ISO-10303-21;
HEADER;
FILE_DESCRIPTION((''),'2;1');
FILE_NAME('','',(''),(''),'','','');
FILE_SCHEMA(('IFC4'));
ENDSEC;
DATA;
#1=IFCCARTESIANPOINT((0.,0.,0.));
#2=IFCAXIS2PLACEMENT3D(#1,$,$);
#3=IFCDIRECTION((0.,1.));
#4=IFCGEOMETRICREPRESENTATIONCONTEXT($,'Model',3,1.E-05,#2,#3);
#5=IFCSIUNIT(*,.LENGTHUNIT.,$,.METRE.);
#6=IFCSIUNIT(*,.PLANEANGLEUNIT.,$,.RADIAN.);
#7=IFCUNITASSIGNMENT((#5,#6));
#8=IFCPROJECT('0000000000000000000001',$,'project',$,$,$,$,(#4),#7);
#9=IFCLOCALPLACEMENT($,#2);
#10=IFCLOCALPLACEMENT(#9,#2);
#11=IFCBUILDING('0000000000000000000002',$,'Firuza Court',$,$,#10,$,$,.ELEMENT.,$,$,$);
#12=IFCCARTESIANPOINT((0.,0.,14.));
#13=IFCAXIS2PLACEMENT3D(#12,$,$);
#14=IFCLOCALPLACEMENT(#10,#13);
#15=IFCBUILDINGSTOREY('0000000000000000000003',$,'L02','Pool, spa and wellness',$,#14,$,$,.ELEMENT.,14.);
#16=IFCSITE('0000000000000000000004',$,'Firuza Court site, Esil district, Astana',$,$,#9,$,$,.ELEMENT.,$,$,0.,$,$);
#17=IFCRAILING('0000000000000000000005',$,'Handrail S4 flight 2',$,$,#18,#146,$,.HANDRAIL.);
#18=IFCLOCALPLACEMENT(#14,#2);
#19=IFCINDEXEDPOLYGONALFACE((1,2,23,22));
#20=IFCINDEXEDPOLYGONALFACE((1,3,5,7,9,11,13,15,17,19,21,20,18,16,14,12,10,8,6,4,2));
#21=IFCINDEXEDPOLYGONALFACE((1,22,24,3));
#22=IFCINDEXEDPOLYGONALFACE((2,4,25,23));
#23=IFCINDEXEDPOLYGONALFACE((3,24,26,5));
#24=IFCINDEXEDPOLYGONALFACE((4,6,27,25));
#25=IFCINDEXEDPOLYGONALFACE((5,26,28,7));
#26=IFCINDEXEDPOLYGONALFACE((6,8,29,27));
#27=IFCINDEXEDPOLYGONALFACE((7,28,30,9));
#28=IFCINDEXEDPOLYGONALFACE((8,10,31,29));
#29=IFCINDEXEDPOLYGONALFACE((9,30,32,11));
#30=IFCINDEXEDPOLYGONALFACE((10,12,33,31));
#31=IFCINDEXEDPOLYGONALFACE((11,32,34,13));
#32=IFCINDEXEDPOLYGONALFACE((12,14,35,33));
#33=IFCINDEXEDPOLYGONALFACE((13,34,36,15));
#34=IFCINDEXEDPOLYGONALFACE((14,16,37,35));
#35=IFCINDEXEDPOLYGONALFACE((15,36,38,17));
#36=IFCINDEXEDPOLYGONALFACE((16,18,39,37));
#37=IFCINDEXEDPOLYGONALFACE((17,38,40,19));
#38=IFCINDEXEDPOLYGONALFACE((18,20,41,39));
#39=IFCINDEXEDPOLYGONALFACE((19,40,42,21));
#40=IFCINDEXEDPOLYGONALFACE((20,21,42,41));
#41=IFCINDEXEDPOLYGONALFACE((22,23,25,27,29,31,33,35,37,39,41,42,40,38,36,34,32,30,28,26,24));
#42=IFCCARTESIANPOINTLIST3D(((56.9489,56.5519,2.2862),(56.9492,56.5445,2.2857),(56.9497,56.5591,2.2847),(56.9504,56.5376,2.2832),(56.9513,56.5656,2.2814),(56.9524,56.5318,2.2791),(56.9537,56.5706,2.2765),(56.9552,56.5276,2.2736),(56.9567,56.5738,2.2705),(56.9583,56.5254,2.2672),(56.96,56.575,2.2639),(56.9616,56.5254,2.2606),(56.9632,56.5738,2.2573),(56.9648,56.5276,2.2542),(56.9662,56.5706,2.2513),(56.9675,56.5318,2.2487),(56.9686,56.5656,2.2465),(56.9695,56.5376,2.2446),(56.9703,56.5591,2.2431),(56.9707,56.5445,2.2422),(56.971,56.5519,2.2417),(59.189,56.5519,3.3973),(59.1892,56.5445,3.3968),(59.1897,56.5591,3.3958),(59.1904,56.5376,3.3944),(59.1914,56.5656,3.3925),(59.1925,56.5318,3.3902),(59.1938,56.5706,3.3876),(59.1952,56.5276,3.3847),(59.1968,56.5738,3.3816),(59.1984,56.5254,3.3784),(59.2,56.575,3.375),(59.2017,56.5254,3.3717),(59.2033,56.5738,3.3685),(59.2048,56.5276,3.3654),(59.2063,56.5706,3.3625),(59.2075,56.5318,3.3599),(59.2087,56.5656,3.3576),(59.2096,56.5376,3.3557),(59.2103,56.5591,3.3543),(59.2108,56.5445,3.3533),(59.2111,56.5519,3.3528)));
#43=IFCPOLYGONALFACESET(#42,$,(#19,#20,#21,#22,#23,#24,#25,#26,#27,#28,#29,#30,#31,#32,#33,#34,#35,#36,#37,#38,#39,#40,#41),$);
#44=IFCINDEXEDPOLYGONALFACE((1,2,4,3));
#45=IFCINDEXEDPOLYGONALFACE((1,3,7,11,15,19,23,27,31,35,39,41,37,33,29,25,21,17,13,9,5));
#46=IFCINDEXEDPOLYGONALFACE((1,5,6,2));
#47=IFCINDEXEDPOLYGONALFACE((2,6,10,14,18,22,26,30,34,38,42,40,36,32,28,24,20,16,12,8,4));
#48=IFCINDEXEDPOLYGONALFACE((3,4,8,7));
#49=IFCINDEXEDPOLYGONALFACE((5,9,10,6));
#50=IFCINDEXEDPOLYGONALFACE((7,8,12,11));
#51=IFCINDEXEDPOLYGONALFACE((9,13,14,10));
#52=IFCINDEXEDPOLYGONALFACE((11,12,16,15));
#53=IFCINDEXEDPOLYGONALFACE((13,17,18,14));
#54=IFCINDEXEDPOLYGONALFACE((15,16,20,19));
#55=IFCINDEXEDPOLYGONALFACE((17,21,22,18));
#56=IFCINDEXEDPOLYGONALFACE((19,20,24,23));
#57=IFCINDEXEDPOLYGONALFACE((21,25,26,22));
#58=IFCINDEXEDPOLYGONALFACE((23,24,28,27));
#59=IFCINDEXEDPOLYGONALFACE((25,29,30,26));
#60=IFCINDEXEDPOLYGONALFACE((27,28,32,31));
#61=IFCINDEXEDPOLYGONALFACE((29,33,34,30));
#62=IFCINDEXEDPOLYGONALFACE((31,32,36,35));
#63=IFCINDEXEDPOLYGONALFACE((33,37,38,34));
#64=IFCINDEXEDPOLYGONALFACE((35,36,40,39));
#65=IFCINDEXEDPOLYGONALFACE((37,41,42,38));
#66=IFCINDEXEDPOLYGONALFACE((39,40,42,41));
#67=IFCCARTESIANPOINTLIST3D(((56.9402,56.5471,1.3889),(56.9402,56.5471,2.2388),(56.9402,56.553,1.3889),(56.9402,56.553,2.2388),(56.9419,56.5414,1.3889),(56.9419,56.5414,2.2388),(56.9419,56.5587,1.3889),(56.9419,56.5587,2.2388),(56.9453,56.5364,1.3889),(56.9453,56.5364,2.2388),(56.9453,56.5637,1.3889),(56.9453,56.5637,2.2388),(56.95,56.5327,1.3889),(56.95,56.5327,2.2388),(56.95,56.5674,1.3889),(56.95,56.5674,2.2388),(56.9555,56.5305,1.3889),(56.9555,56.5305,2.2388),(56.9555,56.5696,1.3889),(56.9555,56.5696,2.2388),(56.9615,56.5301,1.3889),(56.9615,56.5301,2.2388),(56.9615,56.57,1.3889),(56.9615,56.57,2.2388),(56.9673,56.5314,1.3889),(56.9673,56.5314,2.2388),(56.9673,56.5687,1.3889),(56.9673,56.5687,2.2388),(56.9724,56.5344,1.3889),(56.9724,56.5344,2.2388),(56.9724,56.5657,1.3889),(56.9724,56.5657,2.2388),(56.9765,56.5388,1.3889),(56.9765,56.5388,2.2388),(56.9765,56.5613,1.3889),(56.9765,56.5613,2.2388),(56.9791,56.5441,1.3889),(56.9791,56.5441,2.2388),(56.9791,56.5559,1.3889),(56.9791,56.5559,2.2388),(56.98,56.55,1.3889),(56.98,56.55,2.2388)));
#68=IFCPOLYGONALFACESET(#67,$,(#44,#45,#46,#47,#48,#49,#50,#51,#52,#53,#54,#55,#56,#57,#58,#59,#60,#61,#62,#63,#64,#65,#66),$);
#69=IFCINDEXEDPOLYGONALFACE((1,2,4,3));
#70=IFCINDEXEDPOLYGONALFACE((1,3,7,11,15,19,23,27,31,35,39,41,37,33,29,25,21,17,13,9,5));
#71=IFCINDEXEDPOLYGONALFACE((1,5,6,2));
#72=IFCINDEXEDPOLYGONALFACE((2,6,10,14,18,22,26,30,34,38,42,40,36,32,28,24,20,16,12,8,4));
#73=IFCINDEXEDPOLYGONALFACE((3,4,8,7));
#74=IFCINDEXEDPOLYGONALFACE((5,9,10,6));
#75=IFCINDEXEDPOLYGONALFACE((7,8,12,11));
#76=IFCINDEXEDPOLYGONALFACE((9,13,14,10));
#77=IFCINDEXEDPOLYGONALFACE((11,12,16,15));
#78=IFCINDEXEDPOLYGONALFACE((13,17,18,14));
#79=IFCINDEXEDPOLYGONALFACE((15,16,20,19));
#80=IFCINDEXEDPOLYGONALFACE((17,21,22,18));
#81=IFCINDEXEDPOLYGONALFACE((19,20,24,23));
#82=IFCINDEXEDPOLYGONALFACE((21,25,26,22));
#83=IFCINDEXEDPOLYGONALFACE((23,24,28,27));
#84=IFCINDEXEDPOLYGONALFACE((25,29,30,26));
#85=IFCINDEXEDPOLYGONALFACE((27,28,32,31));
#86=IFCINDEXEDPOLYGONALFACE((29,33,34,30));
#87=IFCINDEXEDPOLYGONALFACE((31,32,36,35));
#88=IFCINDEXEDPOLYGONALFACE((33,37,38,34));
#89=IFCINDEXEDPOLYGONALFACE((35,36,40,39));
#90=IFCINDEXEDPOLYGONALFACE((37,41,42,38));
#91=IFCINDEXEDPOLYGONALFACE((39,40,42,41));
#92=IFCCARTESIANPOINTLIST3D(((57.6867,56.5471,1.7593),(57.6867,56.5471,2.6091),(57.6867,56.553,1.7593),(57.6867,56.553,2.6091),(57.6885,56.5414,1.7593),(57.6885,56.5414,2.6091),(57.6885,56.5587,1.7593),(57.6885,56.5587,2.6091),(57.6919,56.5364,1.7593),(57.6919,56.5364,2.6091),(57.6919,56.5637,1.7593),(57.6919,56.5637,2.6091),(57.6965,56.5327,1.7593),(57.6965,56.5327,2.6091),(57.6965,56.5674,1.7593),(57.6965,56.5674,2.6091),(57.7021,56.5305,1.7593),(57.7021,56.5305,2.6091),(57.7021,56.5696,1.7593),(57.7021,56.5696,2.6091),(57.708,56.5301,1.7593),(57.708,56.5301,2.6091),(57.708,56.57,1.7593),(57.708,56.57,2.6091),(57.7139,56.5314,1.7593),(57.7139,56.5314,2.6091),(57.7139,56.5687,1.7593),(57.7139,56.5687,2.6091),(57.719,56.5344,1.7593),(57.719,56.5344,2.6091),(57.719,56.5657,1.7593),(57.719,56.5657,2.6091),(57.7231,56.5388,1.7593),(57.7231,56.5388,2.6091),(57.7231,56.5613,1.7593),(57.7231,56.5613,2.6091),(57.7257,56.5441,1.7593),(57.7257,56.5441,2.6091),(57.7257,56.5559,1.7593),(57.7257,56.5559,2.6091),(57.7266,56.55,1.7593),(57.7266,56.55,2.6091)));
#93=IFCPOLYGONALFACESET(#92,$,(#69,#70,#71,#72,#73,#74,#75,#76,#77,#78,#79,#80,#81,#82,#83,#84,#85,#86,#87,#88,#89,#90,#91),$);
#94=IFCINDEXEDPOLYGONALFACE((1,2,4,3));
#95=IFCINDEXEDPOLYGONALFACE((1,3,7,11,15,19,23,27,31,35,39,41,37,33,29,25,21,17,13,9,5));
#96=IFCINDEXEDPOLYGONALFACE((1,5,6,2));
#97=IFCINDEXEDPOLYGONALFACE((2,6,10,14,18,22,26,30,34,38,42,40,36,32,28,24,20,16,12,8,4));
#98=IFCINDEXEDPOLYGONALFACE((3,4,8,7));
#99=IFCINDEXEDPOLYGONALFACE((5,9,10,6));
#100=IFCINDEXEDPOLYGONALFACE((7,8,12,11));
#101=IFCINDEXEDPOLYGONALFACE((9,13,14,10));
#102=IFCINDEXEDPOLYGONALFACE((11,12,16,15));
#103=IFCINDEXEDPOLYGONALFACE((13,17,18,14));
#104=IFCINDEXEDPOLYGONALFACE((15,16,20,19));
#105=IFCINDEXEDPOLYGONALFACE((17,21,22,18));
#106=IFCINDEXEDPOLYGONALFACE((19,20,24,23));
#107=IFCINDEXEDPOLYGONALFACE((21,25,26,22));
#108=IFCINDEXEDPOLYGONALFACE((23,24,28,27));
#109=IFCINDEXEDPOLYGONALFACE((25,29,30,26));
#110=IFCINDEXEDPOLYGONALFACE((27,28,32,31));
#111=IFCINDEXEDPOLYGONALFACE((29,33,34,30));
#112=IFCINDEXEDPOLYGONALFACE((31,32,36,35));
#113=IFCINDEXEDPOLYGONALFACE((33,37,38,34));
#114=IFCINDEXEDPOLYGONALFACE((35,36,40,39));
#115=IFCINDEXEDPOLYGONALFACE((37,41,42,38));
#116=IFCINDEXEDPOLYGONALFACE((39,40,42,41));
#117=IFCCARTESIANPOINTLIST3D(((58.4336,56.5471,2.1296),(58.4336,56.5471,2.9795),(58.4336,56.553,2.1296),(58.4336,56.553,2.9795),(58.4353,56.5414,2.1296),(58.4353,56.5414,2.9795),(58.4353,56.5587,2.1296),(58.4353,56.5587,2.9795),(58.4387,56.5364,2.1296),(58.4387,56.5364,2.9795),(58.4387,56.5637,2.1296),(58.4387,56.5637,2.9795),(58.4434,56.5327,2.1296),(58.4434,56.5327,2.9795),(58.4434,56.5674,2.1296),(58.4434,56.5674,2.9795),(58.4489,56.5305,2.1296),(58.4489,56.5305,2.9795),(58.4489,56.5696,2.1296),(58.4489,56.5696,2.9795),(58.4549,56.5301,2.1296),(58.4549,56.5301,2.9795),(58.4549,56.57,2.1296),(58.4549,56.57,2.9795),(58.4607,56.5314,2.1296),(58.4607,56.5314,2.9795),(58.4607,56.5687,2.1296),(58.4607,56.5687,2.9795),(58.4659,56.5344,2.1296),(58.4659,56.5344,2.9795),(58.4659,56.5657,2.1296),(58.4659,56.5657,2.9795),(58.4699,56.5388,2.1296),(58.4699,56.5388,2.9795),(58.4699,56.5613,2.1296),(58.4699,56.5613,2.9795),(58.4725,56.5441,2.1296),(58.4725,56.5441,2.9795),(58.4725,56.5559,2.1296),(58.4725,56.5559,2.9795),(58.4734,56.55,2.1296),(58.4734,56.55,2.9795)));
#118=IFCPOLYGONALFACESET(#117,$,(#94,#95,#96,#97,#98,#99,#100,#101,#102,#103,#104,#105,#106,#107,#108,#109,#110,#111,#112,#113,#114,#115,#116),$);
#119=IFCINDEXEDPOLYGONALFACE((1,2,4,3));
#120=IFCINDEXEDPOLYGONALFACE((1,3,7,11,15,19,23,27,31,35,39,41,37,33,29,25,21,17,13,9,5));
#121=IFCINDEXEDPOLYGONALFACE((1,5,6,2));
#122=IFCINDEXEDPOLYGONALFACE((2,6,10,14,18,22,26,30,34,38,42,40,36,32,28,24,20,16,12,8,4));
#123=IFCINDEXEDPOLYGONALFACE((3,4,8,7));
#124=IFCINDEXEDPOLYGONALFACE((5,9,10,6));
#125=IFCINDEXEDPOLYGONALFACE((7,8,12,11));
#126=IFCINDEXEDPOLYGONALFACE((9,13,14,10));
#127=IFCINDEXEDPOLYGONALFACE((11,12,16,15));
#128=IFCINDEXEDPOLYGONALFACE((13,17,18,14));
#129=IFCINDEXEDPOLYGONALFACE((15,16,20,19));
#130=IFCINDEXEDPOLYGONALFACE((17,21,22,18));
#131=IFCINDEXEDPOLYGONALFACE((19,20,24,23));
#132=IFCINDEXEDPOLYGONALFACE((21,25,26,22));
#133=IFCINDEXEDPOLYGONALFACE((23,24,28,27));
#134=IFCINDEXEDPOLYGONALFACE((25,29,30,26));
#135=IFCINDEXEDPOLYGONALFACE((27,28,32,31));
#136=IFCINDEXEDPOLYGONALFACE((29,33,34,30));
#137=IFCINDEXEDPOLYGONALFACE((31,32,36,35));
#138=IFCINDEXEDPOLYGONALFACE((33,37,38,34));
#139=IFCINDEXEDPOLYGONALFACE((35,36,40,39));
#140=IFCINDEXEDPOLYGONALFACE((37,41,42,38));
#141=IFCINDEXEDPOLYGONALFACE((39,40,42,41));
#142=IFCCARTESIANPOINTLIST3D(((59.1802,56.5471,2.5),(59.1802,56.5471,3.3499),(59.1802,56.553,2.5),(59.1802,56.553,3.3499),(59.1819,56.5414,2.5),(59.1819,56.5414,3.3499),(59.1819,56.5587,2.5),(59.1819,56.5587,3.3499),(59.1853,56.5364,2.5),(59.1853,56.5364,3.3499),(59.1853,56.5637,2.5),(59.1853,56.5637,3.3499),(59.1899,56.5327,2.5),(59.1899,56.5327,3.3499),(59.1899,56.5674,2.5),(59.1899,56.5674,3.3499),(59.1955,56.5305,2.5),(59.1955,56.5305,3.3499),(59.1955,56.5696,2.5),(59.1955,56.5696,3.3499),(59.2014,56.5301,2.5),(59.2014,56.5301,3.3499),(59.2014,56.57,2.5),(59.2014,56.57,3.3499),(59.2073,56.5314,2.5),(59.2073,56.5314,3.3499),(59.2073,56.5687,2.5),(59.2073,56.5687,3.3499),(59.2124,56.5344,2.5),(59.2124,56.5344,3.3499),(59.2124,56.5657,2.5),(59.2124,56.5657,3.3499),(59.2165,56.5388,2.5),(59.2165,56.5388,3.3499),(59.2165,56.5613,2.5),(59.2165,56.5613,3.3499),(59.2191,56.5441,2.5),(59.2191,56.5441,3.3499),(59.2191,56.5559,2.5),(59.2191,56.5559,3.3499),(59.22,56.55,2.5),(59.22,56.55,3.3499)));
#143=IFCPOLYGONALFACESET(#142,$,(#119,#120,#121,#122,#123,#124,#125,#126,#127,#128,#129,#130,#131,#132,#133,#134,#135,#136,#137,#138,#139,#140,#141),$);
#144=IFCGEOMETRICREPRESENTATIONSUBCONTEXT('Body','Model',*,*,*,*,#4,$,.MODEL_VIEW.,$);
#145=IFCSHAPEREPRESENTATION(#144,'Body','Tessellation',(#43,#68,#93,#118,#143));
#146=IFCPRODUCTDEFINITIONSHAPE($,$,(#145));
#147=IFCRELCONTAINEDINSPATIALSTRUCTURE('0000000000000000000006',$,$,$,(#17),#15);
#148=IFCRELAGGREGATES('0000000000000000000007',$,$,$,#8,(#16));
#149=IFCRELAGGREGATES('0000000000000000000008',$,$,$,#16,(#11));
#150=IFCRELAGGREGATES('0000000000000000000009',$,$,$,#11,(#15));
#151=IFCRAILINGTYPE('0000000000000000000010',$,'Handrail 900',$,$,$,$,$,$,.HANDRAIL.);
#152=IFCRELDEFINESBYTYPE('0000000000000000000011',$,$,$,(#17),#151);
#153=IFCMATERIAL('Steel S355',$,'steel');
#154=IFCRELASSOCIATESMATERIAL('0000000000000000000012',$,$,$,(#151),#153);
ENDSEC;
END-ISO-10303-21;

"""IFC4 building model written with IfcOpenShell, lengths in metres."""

from ifc_helpers import new_model, si_unit, direction, frame, origin, origin_2d, place, context, subcontext, project, spatial, circle, extrude, material, type_object, element, save


model = new_model("IFC4")

# Units and contexts
model_context = context("Model", 3, precision=1e-05, world=origin(), true_north=direction((0.0, 1.0)))
body_context = subcontext(model_context, "Body", "Model", "MODEL_VIEW")
ifc_project = project(units=[si_unit("LENGTHUNIT", "METRE"), si_unit("PLANEANGLEUNIT", "RADIAN")], contexts=[model_context])

# Site, building, storey
site_placement = place(None, origin())
site = spatial("IfcSite", under=ifc_project, at=site_placement, Name="Firuza Court site, Esil district, Astana", CompositionType="ELEMENT", RefElevation=0.0)
building_placement = place(site_placement, origin())
building = spatial("IfcBuilding", under=site, at=building_placement, Name="Firuza Court", CompositionType="ELEMENT")
storey_placement = place(building_placement, frame((0.0, 0.0, 14.0)))
storey = spatial("IfcBuildingStorey", under=building, at=storey_placement, Name="L02", Description="Pool, spa and wellness", CompositionType="ELEMENT", Elevation=14.0)

# Railing
ifc_material_1 = material(Name="Steel S355", Category="steel")
railing_type_1 = type_object("IfcRailingType", Name="Handrail 900", PredefinedType="HANDRAIL", material=ifc_material_1)
railing_1_placement = place(storey_placement, frame((56.96, 56.55, 1.3889)))
element("IfcRailing", 1, at=railing_1_placement, inside=storey, type_object=railing_type_1, Name="Handrail S4 flight 2", PredefinedType="HANDRAIL", context=body_context, shape_type="SweptSolid", body=[
    extrude(circle(Radius=0.0249, at=origin_2d()), frame((0.0, 0.0, 0.875), z_axis=(0.895848, 0.0, 0.44436), x_axis=(0.0, 1.0, 0.0)), (0.0, 0.0, 1.0), 2.5005),
    extrude(circle(Radius=0.02, at=origin_2d()), origin(), (0.0, 0.0, 1.0), 0.8499),
    extrude(circle(Radius=0.02, at=origin_2d()), frame((0.7466, 0.0, 0.3704)), (0.0, 0.0, 1.0), 0.8499),
    extrude(circle(Radius=0.02, at=origin_2d()), frame((1.4934, 0.0, 0.7407)), (0.0, 0.0, 1.0), 0.8499),
    extrude(circle(Radius=0.02, at=origin_2d()), frame((2.24, 0.0, 1.1111)), (0.0, 0.0, 1.0), 0.8499),
])

save(model, "model.ifc")
